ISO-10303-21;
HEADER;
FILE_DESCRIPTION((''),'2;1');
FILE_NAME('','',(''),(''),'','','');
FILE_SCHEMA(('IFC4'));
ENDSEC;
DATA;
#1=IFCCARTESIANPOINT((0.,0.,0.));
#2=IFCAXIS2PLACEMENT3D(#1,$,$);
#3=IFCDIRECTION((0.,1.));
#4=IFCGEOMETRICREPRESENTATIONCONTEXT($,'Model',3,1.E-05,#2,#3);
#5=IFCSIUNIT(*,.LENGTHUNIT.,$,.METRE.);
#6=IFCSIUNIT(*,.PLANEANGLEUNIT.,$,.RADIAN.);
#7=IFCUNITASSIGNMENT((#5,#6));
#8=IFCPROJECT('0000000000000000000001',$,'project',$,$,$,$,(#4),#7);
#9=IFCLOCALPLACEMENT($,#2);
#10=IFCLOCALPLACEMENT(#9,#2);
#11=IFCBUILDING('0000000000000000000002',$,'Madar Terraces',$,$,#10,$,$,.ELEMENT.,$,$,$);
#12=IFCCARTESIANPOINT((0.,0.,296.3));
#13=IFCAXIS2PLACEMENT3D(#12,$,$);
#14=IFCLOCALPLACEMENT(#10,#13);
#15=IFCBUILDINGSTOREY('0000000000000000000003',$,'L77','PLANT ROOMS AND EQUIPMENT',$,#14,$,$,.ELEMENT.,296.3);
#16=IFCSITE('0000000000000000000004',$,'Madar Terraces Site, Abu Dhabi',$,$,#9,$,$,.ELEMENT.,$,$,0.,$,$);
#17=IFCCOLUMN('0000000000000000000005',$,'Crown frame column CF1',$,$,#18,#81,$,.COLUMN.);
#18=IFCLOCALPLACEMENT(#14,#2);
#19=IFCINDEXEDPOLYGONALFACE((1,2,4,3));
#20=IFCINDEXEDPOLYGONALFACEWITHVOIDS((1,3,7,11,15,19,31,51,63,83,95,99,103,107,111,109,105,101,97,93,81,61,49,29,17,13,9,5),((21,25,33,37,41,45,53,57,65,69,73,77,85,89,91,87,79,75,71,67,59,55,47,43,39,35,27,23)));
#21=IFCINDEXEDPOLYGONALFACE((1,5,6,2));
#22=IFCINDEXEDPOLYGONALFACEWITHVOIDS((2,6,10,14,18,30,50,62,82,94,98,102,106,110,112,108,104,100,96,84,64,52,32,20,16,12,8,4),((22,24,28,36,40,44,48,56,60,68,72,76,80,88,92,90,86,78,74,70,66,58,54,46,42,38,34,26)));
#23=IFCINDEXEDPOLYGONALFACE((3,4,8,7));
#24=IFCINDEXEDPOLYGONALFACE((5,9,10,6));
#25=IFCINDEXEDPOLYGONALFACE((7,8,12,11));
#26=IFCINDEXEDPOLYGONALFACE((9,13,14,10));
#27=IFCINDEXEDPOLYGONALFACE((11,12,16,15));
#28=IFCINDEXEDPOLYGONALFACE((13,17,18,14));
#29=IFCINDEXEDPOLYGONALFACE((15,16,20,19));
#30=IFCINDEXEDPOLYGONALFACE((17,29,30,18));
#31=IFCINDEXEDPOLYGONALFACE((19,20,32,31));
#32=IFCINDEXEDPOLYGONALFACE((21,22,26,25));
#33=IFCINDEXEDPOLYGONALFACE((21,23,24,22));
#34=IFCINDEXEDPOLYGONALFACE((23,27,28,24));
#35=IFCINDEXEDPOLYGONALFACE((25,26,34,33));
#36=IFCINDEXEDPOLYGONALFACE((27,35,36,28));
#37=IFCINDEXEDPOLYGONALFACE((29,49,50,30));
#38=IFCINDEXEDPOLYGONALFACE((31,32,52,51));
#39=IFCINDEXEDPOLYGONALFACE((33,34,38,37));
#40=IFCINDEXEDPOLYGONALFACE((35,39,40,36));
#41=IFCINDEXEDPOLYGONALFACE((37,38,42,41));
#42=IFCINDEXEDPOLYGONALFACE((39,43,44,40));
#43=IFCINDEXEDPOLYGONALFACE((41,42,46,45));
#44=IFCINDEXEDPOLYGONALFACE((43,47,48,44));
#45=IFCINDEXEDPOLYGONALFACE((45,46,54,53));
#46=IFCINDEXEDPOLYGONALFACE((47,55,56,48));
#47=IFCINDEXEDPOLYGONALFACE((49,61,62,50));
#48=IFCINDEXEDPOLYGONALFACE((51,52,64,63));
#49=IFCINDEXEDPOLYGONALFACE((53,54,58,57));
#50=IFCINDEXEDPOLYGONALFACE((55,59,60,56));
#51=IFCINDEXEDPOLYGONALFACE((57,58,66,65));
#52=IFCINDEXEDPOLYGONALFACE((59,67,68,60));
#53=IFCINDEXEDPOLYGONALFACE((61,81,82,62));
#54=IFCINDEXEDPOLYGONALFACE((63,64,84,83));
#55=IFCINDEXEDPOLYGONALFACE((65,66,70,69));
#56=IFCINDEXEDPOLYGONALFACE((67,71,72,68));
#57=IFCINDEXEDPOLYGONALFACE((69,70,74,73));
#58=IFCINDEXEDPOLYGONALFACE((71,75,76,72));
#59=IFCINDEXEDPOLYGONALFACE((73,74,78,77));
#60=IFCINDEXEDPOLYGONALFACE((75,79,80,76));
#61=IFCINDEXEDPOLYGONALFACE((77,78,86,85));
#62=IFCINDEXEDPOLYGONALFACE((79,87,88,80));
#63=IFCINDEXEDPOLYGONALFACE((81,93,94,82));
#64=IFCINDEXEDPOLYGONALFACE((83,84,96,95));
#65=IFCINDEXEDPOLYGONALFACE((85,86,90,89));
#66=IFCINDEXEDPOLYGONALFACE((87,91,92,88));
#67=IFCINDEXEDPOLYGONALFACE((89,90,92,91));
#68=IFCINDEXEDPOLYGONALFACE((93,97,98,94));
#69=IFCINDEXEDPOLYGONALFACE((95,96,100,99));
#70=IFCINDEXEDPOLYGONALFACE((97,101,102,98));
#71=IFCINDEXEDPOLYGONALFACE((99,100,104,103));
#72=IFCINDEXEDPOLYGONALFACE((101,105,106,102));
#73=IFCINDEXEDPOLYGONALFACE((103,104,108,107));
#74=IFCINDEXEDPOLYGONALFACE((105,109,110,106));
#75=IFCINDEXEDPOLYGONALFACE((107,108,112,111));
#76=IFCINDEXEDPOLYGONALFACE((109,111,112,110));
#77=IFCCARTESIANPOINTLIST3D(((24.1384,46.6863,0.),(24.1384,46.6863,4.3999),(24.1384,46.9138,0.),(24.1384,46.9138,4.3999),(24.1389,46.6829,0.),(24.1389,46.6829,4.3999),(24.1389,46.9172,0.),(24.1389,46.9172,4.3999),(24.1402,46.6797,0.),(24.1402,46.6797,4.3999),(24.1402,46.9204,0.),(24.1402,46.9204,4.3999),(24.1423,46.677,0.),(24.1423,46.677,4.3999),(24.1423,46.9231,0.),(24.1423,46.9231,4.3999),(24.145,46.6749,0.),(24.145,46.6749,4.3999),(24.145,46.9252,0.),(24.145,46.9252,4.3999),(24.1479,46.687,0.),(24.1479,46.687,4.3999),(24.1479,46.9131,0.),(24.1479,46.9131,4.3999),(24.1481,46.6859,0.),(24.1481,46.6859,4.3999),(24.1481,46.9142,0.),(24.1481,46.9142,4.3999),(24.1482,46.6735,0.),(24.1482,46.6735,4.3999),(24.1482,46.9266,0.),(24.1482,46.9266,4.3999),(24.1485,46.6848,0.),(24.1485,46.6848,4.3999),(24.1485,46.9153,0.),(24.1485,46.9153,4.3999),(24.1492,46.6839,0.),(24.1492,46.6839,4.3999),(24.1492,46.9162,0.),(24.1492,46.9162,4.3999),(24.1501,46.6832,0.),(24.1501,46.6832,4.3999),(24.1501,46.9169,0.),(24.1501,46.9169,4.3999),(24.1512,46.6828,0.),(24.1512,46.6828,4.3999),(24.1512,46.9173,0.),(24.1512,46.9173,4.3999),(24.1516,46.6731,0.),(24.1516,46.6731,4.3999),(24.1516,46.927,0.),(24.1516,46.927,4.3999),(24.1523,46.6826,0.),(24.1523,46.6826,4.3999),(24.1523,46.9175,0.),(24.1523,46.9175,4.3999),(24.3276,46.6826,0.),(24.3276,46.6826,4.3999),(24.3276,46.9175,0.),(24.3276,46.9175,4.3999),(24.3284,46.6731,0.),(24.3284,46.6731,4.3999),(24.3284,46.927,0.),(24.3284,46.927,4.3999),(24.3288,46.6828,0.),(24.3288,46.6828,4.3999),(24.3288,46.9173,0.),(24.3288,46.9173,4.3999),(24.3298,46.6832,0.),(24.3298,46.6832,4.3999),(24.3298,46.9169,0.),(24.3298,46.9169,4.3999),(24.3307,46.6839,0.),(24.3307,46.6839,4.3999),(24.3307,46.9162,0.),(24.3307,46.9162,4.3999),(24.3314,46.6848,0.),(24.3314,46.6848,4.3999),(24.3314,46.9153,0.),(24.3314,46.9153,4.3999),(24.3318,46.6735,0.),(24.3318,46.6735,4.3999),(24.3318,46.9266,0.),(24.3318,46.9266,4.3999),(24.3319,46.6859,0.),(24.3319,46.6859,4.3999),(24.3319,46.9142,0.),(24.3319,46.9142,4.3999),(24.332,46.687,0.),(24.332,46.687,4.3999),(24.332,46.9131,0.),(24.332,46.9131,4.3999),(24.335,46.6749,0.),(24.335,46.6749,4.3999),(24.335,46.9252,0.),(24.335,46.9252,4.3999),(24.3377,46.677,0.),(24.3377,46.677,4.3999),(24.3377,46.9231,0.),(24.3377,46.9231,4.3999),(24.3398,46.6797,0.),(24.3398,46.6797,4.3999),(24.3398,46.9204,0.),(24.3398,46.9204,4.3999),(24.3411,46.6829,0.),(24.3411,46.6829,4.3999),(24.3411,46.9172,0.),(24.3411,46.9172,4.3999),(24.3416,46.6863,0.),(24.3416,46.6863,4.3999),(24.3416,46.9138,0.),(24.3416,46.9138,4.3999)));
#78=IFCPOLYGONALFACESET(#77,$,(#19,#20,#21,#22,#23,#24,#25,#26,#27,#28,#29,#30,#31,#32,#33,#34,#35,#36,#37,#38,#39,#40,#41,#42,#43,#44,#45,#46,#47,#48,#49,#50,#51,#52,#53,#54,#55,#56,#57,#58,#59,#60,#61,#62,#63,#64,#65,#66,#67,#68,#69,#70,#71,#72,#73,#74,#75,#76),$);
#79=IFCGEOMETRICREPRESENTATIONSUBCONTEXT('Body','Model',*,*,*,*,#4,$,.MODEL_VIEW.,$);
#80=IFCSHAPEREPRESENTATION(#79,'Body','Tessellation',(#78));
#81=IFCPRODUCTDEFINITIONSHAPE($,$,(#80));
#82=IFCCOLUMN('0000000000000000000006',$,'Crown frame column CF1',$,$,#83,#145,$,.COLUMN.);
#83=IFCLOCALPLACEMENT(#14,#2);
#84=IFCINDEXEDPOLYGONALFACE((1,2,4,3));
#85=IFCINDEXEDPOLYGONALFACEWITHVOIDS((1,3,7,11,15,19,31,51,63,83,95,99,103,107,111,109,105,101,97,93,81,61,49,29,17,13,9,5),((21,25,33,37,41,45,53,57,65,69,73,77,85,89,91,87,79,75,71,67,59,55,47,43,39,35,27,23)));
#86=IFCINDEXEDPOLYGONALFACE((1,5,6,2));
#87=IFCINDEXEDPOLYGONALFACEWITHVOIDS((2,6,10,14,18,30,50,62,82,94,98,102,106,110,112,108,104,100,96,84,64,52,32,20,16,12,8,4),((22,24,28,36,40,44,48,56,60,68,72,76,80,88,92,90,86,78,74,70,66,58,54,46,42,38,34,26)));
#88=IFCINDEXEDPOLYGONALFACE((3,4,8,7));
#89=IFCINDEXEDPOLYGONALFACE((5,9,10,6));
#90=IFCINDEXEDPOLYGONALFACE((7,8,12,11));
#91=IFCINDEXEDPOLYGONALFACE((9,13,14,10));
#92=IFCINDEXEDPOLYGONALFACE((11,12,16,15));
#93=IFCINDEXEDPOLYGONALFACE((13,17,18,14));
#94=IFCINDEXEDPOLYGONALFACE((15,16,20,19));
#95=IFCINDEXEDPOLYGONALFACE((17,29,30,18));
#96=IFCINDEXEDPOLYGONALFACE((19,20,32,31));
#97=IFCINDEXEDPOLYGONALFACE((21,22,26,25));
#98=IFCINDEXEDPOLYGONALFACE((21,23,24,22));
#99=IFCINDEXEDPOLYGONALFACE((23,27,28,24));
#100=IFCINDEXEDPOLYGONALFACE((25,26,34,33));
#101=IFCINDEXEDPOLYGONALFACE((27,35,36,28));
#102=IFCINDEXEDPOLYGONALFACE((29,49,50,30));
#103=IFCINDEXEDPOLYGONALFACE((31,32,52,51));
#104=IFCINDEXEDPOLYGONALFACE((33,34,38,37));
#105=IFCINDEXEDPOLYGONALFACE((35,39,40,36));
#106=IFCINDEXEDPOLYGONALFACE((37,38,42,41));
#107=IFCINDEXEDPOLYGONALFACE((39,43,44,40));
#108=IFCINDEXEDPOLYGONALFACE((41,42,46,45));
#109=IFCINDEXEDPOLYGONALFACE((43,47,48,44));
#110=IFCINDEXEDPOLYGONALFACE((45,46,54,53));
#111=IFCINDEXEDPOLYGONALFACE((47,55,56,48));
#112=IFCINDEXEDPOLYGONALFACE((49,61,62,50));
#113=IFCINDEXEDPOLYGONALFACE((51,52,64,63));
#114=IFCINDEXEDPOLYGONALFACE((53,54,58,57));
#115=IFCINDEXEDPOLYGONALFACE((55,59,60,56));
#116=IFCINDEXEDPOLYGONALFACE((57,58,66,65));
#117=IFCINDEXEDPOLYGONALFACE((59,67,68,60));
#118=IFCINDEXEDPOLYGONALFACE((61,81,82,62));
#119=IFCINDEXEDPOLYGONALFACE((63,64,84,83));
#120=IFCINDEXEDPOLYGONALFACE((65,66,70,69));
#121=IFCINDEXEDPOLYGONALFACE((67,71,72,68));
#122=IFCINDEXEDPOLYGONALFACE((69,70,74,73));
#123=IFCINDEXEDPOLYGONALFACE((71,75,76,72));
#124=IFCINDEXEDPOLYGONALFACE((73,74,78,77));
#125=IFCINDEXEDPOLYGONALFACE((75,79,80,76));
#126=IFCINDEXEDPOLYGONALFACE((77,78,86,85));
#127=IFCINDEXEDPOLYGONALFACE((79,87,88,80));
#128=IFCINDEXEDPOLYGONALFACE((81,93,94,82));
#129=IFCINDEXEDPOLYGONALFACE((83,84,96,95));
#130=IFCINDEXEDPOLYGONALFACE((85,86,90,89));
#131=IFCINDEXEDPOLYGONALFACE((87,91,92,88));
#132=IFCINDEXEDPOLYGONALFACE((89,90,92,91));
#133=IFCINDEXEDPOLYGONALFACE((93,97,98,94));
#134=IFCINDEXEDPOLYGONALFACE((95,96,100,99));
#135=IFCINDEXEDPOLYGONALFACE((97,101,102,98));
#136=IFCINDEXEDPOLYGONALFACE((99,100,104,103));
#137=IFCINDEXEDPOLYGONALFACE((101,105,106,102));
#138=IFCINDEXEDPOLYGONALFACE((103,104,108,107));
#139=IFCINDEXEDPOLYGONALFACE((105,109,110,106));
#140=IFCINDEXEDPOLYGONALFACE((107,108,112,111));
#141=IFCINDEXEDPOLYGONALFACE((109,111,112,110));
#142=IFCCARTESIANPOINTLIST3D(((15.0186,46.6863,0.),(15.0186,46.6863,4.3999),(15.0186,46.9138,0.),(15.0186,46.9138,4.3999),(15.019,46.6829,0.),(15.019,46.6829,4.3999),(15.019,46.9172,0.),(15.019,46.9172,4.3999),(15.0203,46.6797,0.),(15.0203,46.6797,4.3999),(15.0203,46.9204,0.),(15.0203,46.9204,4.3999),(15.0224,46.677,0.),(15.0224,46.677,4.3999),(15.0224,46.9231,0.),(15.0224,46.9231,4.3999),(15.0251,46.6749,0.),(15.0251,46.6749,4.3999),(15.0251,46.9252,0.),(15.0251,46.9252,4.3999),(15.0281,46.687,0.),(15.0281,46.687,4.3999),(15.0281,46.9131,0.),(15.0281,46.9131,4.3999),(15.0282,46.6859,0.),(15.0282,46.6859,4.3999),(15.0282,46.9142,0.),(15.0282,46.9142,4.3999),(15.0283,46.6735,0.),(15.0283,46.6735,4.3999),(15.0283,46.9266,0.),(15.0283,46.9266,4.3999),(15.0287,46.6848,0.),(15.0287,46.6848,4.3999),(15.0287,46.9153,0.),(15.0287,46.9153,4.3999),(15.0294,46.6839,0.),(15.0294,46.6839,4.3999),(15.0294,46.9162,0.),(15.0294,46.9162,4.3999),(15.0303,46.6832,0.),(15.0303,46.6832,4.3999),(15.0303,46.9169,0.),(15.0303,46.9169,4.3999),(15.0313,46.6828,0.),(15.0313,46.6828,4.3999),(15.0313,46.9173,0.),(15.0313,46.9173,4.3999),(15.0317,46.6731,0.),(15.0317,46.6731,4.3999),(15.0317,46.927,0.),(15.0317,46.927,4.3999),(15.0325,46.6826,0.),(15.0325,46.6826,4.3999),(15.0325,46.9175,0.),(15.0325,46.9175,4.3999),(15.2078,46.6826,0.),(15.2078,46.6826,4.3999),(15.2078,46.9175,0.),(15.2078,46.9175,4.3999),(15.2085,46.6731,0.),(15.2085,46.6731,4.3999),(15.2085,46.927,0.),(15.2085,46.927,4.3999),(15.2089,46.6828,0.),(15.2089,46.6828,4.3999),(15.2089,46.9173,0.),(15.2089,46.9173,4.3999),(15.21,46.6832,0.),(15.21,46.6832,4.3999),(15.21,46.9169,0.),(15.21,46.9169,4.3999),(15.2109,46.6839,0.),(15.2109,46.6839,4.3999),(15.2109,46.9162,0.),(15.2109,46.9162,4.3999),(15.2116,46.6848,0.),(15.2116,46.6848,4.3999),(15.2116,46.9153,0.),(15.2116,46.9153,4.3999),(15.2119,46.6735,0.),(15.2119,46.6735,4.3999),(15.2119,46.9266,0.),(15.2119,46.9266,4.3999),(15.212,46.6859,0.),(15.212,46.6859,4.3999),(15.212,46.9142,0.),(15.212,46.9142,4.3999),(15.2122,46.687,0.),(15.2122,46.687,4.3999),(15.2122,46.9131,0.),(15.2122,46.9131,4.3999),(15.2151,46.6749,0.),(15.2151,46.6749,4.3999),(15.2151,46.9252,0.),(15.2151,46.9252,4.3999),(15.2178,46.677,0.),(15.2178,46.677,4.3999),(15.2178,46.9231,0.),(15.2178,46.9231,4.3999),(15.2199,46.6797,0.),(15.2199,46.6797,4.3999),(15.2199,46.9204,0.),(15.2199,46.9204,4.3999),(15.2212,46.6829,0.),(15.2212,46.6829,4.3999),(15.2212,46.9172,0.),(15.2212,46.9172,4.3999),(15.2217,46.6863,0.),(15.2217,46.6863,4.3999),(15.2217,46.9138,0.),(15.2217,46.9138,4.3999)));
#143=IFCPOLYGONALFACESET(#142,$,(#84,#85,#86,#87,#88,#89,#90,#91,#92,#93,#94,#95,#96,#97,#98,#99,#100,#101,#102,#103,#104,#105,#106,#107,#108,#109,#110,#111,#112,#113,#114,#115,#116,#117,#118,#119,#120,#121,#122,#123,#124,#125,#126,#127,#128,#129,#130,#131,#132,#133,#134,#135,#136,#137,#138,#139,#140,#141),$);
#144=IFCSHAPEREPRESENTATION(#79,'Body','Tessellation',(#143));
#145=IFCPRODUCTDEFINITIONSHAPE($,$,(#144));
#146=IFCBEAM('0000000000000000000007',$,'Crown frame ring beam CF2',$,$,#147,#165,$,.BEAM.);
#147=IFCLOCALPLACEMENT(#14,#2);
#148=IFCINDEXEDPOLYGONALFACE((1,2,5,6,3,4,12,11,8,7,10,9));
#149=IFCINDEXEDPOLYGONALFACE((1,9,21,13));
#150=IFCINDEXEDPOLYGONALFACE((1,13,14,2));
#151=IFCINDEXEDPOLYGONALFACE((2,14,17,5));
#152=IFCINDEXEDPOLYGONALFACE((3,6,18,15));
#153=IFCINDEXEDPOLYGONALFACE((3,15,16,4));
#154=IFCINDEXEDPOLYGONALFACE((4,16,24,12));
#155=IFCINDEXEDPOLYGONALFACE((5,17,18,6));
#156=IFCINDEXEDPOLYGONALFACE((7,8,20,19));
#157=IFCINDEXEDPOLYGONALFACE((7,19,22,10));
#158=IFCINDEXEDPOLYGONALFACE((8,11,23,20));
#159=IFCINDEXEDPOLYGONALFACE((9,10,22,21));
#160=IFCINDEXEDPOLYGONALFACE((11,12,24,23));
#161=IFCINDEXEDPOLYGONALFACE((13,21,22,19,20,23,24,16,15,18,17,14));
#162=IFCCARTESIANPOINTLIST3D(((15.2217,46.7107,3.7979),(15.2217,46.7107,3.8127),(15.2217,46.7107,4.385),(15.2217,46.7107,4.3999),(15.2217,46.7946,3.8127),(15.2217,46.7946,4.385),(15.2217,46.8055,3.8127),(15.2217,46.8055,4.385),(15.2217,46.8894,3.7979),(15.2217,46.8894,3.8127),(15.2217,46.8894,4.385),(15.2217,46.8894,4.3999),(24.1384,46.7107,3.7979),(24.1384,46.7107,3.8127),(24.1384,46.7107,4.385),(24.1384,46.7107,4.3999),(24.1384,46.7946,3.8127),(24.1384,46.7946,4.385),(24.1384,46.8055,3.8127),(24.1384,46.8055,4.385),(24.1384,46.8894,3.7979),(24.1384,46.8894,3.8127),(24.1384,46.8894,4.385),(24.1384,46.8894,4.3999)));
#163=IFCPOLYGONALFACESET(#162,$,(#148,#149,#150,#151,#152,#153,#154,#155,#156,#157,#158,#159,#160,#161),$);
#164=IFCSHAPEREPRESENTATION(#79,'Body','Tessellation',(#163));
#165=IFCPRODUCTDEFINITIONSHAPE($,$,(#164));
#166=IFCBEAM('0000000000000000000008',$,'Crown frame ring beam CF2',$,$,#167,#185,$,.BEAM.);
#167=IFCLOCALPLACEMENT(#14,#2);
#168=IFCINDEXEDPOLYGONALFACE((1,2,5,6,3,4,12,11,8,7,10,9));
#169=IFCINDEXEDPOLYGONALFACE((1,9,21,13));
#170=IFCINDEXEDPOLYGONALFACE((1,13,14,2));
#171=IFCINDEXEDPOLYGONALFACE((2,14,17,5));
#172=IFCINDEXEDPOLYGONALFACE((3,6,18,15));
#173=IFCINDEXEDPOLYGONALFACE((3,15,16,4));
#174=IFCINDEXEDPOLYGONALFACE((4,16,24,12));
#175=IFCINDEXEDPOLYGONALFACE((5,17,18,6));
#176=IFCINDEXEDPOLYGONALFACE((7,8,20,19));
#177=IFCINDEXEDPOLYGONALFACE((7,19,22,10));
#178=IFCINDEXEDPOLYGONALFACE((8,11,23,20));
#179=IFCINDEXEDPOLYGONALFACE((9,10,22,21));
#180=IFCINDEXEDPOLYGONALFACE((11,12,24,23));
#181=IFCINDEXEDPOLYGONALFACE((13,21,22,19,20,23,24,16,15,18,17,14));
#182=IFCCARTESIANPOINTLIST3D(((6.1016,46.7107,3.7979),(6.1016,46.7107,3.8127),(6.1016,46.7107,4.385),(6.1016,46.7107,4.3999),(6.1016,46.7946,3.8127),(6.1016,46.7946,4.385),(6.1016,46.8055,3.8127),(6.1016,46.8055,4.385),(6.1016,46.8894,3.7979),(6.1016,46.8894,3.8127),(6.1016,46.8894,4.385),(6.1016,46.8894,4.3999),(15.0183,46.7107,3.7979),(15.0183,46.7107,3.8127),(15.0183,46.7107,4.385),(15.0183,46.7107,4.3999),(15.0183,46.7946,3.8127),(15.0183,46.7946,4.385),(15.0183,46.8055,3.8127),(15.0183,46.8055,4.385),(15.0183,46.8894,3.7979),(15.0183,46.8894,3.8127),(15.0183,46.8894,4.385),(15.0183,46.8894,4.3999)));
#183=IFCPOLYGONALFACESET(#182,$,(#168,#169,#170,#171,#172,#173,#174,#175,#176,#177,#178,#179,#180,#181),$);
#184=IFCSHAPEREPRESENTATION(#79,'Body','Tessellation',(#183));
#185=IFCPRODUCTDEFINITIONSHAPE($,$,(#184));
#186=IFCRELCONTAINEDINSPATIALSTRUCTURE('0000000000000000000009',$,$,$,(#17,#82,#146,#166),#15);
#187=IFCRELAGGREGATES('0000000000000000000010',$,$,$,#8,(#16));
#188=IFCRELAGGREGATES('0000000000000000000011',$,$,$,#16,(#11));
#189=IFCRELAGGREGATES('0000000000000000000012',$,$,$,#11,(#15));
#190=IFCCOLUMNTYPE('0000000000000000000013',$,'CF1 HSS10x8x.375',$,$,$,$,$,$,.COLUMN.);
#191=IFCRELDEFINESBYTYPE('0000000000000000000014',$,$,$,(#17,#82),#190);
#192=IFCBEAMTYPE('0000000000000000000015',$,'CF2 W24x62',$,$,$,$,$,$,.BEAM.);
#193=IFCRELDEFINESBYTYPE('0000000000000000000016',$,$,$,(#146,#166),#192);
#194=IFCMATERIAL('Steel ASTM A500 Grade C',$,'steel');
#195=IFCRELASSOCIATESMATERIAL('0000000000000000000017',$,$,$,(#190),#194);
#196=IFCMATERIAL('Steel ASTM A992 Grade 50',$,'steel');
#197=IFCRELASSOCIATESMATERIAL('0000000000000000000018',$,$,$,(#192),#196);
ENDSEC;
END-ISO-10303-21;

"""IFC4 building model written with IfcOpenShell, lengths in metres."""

from ifc_helpers import new_model, si_unit, direction, frame, origin, origin_2d, place, context, subcontext, project, spatial, hollow_rectangle, i_section, extrude, material, material_profile, profile_set, type_object, element, save


model = new_model("IFC4")

# Units and contexts
model_context = context("Model", 3, precision=1e-05, world=origin(), true_north=direction((0.0, 1.0)))
body_context = subcontext(model_context, "Body", "Model", "MODEL_VIEW")
ifc_project = project(units=[si_unit("LENGTHUNIT", "METRE"), si_unit("PLANEANGLEUNIT", "RADIAN")], contexts=[model_context])

# Site, building, storey
site_placement = place(None, origin())
site = spatial("IfcSite", under=ifc_project, at=site_placement, Name="Madar Terraces Site, Abu Dhabi", CompositionType="ELEMENT", RefElevation=0.0)
building_placement = place(site_placement, origin())
building = spatial("IfcBuilding", under=site, at=building_placement, Name="Madar Terraces", CompositionType="ELEMENT")
storey_placement = place(building_placement, frame((0.0, 0.0, 296.3)))
storey = spatial("IfcBuildingStorey", under=building, at=storey_placement, Name="L77", Description="PLANT ROOMS AND EQUIPMENT", CompositionType="ELEMENT", Elevation=296.3)

# Columns
ifc_material_1 = material(Name="Steel ASTM A500 Grade C", Category="steel")
ifc_material_profile_1 = material_profile(ifc_material_1, hollow_rectangle(XDim=0.2031, YDim=0.2539, WallThickness=0.0095, InnerFilletRadius=0.0044, OuterFilletRadius=0.0132, at=origin_2d()), Name="HSS10x8x.375")
ifc_profile_set_1 = profile_set([ifc_material_profile_1], Name="Steel ASTM A500 Grade C")
column_type = type_object("IfcColumnType", Name="CF1 HSS10x8x.375", PredefinedType="COLUMN", material=ifc_profile_set_1)
for number, where, z_axis, x_axis, name in (
    (1, (24.24, 46.8, 0.0), (0.0, 0.0, 1.0), (1.0, 0.0, 0.0), "Crown frame column CF1"),
    (2, (15.1201, 46.8, 0.0), (0.0, 0.0, 1.0), (1.0, 0.0, 0.0), "Crown frame column CF1"),
):
    element("IfcColumn", number, at=place(storey_placement, frame(where, z_axis=z_axis, x_axis=x_axis)), inside=storey, type_object=column_type, Name=name, PredefinedType="COLUMN", context=body_context, shape_type="SweptSolid", body=[
        extrude(hollow_rectangle(XDim=0.2031, YDim=0.2539, WallThickness=0.0095, InnerFilletRadius=0.0044, OuterFilletRadius=0.0132, at=origin_2d()), origin(), (0.0, 0.0, 1.0), 4.3999),
    ])

# Beams
ifc_material_2 = material(Name="Steel ASTM A992 Grade 50", Category="steel")
ifc_material_profile_2 = material_profile(ifc_material_2, i_section(OverallWidth=0.1787, OverallDepth=0.6021, WebThickness=0.011, FlangeThickness=0.0149, at=origin_2d()), Name="W24x62")
ifc_profile_set_2 = profile_set([ifc_material_profile_2], Name="Steel ASTM A992 Grade 50")
beam_type = type_object("IfcBeamType", Name="CF2 W24x62", PredefinedType="BEAM", material=ifc_profile_set_2)
for number, where, z_axis, x_axis, name in (
    (3, (24.1384, 46.8, 4.0989), (-1.0, 0.0, 0.0), (0.0, -1.0, 0.0), "Crown frame ring beam CF2"),
    (4, (15.0183, 46.8, 4.0989), (-1.0, 0.0, 0.0), (0.0, -1.0, 0.0), "Crown frame ring beam CF2"),
):
    element("IfcBeam", number, at=place(storey_placement, frame(where, z_axis=z_axis, x_axis=x_axis)), inside=storey, type_object=beam_type, Name=name, PredefinedType="BEAM", context=body_context, shape_type="SweptSolid", body=[
        extrude(i_section(OverallWidth=0.1787, OverallDepth=0.6021, WebThickness=0.011, FlangeThickness=0.0149, at=origin_2d()), origin(), (0.0, 0.0, 1.0), 8.9167),
    ])

save(model, "model.ifc")
